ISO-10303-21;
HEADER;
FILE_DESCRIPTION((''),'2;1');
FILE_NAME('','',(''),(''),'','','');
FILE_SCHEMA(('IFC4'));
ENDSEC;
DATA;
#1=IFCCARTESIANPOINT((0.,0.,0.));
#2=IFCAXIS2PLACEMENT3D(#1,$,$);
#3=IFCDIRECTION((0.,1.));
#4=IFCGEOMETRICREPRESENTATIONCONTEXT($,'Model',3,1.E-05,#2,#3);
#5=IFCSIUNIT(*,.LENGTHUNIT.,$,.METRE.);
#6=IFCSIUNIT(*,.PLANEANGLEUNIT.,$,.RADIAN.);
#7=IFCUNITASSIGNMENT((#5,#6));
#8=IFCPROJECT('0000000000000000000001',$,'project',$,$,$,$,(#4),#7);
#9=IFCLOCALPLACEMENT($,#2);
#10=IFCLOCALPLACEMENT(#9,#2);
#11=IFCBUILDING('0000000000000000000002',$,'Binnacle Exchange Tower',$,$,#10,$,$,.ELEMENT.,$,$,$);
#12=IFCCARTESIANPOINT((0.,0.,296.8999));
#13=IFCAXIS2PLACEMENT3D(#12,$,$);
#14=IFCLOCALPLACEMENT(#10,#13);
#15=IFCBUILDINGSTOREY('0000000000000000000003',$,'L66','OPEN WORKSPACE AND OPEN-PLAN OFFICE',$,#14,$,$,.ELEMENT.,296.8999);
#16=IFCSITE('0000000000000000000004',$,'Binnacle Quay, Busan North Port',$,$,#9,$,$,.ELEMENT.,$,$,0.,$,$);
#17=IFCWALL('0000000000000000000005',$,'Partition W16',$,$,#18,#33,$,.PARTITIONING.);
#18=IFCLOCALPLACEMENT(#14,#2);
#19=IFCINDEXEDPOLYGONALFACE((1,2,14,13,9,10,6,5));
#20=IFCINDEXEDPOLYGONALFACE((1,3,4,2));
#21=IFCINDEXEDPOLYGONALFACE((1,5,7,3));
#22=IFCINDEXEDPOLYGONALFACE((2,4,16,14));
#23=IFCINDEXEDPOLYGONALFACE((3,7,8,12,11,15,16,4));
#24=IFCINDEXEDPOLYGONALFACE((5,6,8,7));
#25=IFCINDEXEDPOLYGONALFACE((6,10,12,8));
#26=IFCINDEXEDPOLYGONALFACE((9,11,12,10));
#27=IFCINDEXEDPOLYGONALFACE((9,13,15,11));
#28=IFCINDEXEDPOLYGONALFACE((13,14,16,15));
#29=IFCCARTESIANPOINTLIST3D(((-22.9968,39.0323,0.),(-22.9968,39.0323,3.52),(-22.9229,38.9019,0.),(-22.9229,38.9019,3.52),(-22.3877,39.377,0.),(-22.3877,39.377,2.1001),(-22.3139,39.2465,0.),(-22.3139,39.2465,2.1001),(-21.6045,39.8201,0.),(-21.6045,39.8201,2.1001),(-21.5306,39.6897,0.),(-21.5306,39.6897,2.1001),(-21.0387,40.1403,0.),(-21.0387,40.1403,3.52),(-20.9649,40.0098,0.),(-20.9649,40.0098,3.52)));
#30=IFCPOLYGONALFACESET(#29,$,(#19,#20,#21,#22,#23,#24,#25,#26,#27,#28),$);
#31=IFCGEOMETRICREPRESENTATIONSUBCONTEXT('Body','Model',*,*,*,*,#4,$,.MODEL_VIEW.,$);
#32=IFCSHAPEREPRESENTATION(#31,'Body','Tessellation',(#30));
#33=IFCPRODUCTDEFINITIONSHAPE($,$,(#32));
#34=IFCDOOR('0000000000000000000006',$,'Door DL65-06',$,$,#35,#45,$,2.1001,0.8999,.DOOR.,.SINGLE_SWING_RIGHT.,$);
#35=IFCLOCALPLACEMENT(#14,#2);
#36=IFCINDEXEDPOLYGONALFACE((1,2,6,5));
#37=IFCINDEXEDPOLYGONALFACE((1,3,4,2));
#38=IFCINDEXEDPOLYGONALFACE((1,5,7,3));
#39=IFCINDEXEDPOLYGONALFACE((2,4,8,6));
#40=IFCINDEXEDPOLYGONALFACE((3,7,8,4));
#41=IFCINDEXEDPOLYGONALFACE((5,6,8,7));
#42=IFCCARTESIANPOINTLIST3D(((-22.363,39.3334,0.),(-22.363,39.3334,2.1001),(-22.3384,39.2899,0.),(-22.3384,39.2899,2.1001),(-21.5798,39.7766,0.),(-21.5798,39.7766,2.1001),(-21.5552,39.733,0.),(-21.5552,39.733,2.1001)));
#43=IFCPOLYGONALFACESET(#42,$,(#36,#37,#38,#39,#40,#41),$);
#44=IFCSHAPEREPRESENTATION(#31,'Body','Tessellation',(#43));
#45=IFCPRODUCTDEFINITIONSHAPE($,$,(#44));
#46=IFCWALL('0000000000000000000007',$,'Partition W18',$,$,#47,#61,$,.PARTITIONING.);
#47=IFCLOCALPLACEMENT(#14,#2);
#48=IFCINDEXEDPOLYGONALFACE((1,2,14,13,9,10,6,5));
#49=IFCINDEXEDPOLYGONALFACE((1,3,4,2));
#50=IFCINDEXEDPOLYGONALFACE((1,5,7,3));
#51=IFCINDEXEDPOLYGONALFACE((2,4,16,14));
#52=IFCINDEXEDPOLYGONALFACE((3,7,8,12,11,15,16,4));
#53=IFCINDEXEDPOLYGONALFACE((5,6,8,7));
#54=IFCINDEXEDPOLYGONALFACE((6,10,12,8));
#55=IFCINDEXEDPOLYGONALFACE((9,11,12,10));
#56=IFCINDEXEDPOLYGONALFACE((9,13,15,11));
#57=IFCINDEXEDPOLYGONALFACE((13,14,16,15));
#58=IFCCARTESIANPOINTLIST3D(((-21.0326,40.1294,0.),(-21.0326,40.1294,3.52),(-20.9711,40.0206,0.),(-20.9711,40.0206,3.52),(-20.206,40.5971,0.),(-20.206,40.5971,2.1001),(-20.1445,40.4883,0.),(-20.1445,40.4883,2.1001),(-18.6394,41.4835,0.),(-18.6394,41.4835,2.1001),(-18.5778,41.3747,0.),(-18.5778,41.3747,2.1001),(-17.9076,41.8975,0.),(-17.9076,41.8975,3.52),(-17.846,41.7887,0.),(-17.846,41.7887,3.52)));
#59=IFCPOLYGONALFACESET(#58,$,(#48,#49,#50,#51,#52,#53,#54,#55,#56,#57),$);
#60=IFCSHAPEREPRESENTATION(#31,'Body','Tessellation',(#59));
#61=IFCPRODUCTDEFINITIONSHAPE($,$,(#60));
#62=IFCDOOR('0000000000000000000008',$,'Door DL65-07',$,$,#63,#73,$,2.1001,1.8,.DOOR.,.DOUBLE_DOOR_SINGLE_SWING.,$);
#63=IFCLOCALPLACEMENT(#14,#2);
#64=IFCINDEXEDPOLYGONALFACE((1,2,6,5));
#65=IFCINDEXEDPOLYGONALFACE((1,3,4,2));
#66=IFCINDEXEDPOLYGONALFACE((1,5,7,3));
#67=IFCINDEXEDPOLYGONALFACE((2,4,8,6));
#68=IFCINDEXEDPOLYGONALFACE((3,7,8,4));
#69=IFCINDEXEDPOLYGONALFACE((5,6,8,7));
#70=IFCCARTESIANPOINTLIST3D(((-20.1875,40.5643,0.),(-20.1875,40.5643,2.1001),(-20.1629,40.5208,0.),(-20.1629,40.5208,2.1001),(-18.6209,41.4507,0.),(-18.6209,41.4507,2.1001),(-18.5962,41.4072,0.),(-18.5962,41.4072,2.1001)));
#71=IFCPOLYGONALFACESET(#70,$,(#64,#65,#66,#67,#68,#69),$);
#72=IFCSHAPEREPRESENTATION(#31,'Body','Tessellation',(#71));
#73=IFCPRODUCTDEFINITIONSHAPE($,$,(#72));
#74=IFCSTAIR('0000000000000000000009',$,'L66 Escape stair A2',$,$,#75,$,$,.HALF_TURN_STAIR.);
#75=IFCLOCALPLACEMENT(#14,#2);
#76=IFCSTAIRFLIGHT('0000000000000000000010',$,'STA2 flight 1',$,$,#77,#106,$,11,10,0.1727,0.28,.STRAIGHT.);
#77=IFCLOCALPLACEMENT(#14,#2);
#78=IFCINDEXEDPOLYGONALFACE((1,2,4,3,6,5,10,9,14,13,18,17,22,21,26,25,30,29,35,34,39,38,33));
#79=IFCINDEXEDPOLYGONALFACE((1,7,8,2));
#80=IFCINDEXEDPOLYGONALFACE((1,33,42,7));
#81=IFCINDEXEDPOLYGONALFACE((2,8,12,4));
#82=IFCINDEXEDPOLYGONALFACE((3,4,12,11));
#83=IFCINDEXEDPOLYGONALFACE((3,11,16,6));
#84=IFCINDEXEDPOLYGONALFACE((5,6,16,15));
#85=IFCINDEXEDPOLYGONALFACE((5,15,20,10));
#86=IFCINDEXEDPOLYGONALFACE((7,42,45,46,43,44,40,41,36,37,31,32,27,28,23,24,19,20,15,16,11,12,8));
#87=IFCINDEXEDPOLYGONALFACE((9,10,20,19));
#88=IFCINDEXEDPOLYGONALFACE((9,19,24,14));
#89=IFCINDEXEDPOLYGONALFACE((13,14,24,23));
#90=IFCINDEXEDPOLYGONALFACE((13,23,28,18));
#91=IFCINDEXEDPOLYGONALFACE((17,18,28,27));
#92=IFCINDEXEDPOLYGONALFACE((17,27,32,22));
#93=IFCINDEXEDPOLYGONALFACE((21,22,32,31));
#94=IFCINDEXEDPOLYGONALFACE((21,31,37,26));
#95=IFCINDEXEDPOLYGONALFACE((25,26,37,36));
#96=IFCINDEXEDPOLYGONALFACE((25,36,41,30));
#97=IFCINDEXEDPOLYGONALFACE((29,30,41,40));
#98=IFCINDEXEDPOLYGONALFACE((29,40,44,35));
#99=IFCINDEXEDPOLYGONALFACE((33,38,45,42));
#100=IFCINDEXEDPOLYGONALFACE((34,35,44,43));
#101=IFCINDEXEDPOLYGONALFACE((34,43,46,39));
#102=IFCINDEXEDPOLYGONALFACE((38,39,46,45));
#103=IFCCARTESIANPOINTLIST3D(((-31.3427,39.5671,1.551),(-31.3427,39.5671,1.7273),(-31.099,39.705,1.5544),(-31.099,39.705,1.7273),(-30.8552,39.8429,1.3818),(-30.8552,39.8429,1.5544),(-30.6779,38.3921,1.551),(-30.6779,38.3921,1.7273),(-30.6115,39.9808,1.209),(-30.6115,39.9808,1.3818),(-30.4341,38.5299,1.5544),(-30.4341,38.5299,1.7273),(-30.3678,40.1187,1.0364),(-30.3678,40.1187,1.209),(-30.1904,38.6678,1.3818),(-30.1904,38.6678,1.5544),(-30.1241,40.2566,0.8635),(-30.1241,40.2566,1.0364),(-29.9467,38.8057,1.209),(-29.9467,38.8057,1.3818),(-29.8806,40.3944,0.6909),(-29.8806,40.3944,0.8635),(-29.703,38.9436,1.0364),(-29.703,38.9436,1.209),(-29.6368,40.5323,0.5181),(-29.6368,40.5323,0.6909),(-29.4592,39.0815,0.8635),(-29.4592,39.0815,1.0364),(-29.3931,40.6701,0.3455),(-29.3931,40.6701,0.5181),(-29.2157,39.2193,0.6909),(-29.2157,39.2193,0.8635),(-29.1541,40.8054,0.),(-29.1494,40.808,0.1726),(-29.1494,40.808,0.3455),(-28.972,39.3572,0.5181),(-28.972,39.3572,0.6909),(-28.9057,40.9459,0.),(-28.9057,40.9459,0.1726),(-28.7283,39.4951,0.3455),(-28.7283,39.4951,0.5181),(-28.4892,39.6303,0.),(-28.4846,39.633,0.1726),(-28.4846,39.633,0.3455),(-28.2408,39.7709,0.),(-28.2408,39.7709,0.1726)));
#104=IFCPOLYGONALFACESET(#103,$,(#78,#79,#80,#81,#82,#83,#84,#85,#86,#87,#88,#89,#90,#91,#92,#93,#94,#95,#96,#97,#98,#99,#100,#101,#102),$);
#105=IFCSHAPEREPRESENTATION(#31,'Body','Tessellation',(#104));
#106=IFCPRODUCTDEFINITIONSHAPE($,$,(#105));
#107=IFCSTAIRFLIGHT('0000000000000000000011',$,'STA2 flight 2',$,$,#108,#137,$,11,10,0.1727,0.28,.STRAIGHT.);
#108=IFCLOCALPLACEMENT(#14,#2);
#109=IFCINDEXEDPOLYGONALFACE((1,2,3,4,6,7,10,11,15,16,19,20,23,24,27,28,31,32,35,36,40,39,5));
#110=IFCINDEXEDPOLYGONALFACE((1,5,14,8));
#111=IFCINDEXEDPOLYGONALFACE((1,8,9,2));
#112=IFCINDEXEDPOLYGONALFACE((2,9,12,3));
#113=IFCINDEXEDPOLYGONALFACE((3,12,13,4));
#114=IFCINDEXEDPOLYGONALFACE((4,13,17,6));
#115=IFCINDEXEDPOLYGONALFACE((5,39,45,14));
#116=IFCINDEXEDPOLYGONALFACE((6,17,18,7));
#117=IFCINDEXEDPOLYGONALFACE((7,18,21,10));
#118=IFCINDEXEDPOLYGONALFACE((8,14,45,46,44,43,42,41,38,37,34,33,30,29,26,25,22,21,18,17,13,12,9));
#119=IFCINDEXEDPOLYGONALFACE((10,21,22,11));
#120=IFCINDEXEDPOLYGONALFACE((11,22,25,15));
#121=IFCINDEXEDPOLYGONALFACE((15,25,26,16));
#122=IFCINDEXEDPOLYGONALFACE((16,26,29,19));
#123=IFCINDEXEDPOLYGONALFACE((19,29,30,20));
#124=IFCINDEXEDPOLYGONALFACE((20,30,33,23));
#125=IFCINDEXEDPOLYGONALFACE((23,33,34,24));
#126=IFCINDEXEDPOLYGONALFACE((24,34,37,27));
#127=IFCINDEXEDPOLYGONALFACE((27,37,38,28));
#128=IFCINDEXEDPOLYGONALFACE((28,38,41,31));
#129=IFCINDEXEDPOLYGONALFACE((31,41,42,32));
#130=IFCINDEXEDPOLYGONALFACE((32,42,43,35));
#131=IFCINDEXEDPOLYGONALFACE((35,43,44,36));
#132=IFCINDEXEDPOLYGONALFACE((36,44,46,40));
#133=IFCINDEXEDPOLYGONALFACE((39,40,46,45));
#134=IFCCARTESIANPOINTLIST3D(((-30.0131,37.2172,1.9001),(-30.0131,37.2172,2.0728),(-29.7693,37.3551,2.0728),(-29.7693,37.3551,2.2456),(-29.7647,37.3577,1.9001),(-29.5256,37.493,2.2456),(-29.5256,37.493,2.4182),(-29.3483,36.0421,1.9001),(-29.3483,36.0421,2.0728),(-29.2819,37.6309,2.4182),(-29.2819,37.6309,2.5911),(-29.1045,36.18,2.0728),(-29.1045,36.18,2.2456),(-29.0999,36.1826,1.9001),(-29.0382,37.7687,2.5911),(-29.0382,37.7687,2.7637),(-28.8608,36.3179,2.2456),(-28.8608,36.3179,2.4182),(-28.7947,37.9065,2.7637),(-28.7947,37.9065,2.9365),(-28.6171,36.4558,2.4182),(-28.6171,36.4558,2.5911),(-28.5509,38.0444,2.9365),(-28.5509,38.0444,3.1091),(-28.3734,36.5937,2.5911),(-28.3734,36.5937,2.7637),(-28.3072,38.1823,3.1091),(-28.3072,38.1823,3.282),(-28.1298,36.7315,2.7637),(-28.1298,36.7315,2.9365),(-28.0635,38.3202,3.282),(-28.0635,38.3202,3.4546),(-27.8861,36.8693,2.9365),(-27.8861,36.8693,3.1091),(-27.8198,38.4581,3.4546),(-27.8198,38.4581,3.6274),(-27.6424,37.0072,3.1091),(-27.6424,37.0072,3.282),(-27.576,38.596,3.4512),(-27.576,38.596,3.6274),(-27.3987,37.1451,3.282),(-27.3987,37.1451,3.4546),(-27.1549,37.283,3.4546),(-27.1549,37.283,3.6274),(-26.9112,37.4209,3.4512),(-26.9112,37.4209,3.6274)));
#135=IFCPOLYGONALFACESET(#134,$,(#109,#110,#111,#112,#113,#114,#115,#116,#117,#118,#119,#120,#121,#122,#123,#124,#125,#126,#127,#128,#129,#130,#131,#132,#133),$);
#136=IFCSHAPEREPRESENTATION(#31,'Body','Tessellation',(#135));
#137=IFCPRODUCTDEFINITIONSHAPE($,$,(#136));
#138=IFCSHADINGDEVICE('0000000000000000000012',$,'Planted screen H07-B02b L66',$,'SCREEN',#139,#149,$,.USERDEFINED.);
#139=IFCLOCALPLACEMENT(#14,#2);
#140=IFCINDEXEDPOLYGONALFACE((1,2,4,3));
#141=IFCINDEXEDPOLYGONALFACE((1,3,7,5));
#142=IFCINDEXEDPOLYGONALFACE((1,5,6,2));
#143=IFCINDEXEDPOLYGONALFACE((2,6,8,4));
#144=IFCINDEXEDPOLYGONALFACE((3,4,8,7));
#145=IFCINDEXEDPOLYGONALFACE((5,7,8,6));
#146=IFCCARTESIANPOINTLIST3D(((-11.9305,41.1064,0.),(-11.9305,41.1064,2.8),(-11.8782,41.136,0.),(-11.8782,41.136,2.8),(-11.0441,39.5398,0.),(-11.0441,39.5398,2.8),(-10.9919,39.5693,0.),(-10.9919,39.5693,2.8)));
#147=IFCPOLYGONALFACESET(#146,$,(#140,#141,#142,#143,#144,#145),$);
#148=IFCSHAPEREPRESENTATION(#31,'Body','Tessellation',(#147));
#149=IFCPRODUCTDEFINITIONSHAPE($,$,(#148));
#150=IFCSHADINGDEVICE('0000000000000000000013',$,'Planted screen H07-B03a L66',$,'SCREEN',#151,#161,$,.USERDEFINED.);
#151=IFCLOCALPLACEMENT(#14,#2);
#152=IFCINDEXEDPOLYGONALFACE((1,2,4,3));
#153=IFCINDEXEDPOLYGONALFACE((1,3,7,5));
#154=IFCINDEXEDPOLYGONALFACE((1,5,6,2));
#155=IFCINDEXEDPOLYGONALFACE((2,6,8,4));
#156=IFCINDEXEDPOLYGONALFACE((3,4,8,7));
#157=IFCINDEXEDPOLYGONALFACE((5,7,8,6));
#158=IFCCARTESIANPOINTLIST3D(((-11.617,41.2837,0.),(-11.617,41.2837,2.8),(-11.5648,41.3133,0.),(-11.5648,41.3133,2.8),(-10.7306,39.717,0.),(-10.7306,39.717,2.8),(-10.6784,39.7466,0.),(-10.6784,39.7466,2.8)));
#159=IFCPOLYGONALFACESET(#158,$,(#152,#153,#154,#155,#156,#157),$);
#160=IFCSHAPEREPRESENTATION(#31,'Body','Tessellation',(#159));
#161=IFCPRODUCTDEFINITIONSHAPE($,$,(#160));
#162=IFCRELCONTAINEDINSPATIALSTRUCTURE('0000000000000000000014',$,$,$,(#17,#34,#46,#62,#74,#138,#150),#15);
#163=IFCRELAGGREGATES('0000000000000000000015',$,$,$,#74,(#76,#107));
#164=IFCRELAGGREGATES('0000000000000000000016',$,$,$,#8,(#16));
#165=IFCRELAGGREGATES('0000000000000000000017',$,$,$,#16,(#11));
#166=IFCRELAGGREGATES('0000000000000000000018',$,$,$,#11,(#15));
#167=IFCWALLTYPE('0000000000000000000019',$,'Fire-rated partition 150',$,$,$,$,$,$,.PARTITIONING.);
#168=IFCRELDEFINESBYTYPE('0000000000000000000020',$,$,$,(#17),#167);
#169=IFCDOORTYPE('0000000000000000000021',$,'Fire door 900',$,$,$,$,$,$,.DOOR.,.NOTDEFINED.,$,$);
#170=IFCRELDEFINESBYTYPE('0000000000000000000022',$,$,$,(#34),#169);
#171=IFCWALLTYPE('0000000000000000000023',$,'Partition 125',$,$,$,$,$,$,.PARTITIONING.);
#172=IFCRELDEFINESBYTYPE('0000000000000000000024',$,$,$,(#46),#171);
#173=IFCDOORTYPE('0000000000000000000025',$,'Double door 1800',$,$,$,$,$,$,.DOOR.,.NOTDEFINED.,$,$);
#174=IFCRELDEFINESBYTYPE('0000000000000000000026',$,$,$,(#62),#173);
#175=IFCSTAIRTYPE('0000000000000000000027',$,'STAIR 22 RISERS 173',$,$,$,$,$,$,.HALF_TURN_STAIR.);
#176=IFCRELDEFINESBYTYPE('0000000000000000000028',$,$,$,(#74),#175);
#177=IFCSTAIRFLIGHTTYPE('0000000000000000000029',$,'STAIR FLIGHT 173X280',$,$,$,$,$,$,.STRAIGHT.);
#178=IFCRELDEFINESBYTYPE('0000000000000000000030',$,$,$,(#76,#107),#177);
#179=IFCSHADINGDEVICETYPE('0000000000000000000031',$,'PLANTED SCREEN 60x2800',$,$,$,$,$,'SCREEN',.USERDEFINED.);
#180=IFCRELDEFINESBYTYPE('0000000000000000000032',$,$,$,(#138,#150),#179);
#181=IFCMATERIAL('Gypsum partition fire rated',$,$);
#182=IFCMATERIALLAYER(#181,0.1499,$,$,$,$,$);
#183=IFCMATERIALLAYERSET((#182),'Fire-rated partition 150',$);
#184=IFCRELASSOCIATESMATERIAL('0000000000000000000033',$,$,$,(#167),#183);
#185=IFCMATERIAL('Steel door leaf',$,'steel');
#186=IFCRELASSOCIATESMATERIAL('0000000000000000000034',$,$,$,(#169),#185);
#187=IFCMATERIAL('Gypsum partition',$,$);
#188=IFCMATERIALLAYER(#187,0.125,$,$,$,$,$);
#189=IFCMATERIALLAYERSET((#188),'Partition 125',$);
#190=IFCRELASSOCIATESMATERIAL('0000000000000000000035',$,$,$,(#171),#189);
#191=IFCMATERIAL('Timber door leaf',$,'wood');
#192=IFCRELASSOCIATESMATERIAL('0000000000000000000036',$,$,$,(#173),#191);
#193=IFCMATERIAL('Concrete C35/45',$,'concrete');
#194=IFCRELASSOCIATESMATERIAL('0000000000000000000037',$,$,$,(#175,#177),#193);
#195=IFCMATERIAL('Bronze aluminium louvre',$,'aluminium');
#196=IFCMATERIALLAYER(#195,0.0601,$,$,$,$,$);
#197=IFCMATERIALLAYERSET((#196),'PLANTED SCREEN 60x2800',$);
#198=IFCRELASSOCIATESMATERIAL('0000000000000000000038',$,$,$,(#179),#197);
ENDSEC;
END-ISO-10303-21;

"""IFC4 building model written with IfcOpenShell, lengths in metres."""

from ifc_helpers import new_model, si_unit, direction, frame, frame_2d, origin, origin_2d, place, context, subcontext, project, spatial, polyline, rectangle, outline, extrude, material, layer, layer_set, type_object, element, fill, aggregate, save


model = new_model("IFC4")

# Units and contexts
model_context = context("Model", 3, precision=1e-05, world=origin(), true_north=direction((0.0, 1.0)))
body_context = subcontext(model_context, "Body", "Model", "MODEL_VIEW")
ifc_project = project(units=[si_unit("LENGTHUNIT", "METRE"), si_unit("PLANEANGLEUNIT", "RADIAN")], contexts=[model_context])

# Site, building, storey
site_placement = place(None, origin())
site = spatial("IfcSite", under=ifc_project, at=site_placement, Name="Binnacle Quay, Busan North Port", CompositionType="ELEMENT", RefElevation=0.0)
building_placement = place(site_placement, origin())
building = spatial("IfcBuilding", under=site, at=building_placement, Name="Binnacle Exchange Tower", CompositionType="ELEMENT")
storey_placement = place(building_placement, frame((0.0, 0.0, 296.8999)))
storey = spatial("IfcBuildingStorey", under=building, at=storey_placement, Name="L66", Description="OPEN WORKSPACE AND OPEN-PLAN OFFICE", CompositionType="ELEMENT", Elevation=296.8999)

# Shared definitions
ifc_material_1 = material(Name="Gypsum partition fire rated")
ifc_layer_1 = layer(ifc_material_1, 0.1499)
ifc_layer_set_1 = layer_set([ifc_layer_1], Name="Fire-rated partition 150")
wall_type_1 = type_object("IfcWallType", Name="Fire-rated partition 150", PredefinedType="PARTITIONING", material=ifc_layer_set_1)

# Walls, openings, doors
ifc_material_2 = material(Name="Steel door leaf", Category="steel")
door_type_1 = type_object("IfcDoorType", Name="Fire door 900", OperationType="NOTDEFINED", PredefinedType="DOOR", material=ifc_material_2)
wall_1_placement = place(storey_placement, frame((-22.96, 38.967, 0.0), z_axis=(0.0, 0.0, 1.0), x_axis=(0.870332, 0.492465, 0.0)))
wall_1 = element("IfcWall", 1, at=wall_1_placement, inside=storey, type_object=wall_type_1, Name="Partition W16", PredefinedType="PARTITIONING", context=body_context, shape_type="SweptSolid", body=[
    extrude(rectangle(XDim=2.2498, YDim=0.1499, at=frame_2d((1.125, 0.0))), origin(), (0.0, 0.0, 1.0), 3.52),
])
opening_1_placement = place(wall_1_placement, frame((0.7, 0.0, 0.0)))
opening_1 = element("IfcOpeningElement", 2, at=opening_1_placement, cuts=wall_1, PredefinedType="OPENING", context=body_context, shape_type="SweptSolid", body=[
    extrude(rectangle(XDim=0.8999, YDim=2.1001, at=frame_2d((0.45, 1.05))), frame((0.0, 0.085, 0.0), z_axis=(0.0, -1.0, 0.0), x_axis=(1.0, 0.0, 0.0)), (0.0, 0.0, 1.0), 0.1699),
])
door_1_placement = place(opening_1_placement, origin())
door_1 = element("IfcDoor", 3, at=door_1_placement, inside=storey, type_object=door_type_1, Name="Door DL65-06", OperationType="SINGLE_SWING_RIGHT", OverallHeight=2.1001, OverallWidth=0.8999, PredefinedType="DOOR", context=body_context, shape_type="SweptSolid", body=[
    extrude(rectangle(XDim=0.8999, YDim=2.1001, at=frame_2d((0.45, 1.05))), frame((0.0, 0.0249, 0.0), z_axis=(0.0, -1.0, 0.0), x_axis=(1.0, 0.0, 0.0)), (0.0, 0.0, 1.0), 0.05),
])
fill(opening_1, door_1)
ifc_material_3 = material(Name="Gypsum partition")
ifc_layer_2 = layer(ifc_material_3, 0.125)
ifc_layer_set_2 = layer_set([ifc_layer_2], Name="Partition 125")
wall_type_2 = type_object("IfcWallType", Name="Partition 125", PredefinedType="PARTITIONING", material=ifc_layer_set_2)
wall_2_placement = place(storey_placement, frame((-21.002, 40.075, 0.0), z_axis=(0.0, 0.0, 1.0), x_axis=(0.870353, 0.492429, 0.0)))
wall_2 = element("IfcWall", 4, at=wall_2_placement, inside=storey, type_object=wall_type_2, Name="Partition W18", PredefinedType="PARTITIONING", context=body_context, shape_type="SweptSolid", body=[
    extrude(rectangle(XDim=3.5906, YDim=0.125, at=frame_2d((1.7954, 0.0))), origin(), (0.0, 0.0, 1.0), 3.52),
])
opening_2_placement = place(wall_2_placement, frame((0.95, 0.0, 0.0)))
opening_2 = element("IfcOpeningElement", 5, at=opening_2_placement, cuts=wall_2, PredefinedType="OPENING", context=body_context, shape_type="SweptSolid", body=[
    extrude(rectangle(XDim=1.8, YDim=2.1001, at=frame_2d((0.8999, 1.05))), frame((0.0, 0.0725, 0.0), z_axis=(0.0, -1.0, 0.0), x_axis=(1.0, 0.0, 0.0)), (0.0, 0.0, 1.0), 0.145),
])
ifc_material_4 = material(Name="Timber door leaf", Category="wood")
door_type_2 = type_object("IfcDoorType", Name="Double door 1800", OperationType="NOTDEFINED", PredefinedType="DOOR", material=ifc_material_4)
door_2_placement = place(opening_2_placement, origin())
door_2 = element("IfcDoor", 6, at=door_2_placement, inside=storey, type_object=door_type_2, Name="Door DL65-07", OperationType="DOUBLE_DOOR_SINGLE_SWING", OverallHeight=2.1001, OverallWidth=1.8, PredefinedType="DOOR", context=body_context, shape_type="SweptSolid", body=[
    extrude(rectangle(XDim=1.8, YDim=2.1001, at=frame_2d((0.8999, 1.05))), frame((0.0, 0.0249, 0.0), z_axis=(0.0, -1.0, 0.0), x_axis=(1.0, 0.0, 0.0)), (0.0, 0.0, 1.0), 0.05),
])
fill(opening_2, door_2)

# Stair, stair flights
ifc_material_5 = material(Name="Concrete C35/45", Category="concrete")
stair_type = type_object("IfcStairType", Name="STAIR 22 RISERS 173", PredefinedType="HALF_TURN_STAIR", material=ifc_material_5)
stair_placement = place(storey_placement, origin())
stair = element("IfcStair", 7, at=stair_placement, inside=storey, type_object=stair_type, Name="L66 Escape stair A2", PredefinedType="HALF_TURN_STAIR")
stair_flight_type = type_object("IfcStairFlightType", Name="STAIR FLIGHT 173X280", PredefinedType="STRAIGHT", material=ifc_material_5)
stair_flight_1_placement = place(storey_placement, frame((-28.5732, 40.3584, 0.0), z_axis=(0.0, 0.0, 1.0), x_axis=(-0.870356, -0.492424, 0.0)))
stair_flight_1 = element("IfcStairFlight", 8, at=stair_flight_1_placement, type_object=stair_flight_type, Name="STA2 flight 1", NumberOfRisers=11, NumberOfTreads=10, PredefinedType="STRAIGHT", RiserHeight=0.1727, TreadLength=0.28, context=body_context, shape_type="SweptSolid", body=[
    extrude(outline(polyline([(0.0, 0.0), (0.0, 0.1726), (0.28, 0.1726), (0.28, 0.3455), (0.5601, 0.3455), (0.5601, 0.5181), (0.8401, 0.5181), (0.8401, 0.6909), (1.1201, 0.6909), (1.1201, 0.8635), (1.3999, 0.8635), (1.3999, 1.0364), (1.6799, 1.0364), (1.6799, 1.209), (1.96, 1.209), (1.96, 1.3818), (2.24, 1.3818), (2.24, 1.5544), (2.52, 1.5544), (2.52, 1.7273), (2.8, 1.7273), (2.8, 1.8999), (2.8, 1.551), (0.2854, 0.0), (0.0, 0.0)])), frame((0.0, 0.675, 0.0), z_axis=(0.0, -1.0, 0.0), x_axis=(1.0, 0.0, 0.0)), (0.0, 0.0, 1.0), 1.3501),
])
stair_flight_2_placement = place(storey_placement, frame((-29.6807, 36.6296, 1.9001), z_axis=(0.0, 0.0, 1.0), x_axis=(0.870356, 0.492424, 0.0)))
stair_flight_2 = element("IfcStairFlight", 9, at=stair_flight_2_placement, type_object=stair_flight_type, Name="STA2 flight 2", NumberOfRisers=11, NumberOfTreads=10, PredefinedType="STRAIGHT", RiserHeight=0.1727, TreadLength=0.28, context=body_context, shape_type="SweptSolid", body=[
    extrude(outline(polyline([(0.0, 0.0), (0.0, 0.1726), (0.28, 0.1726), (0.28, 0.3455), (0.5601, 0.3455), (0.5601, 0.5181), (0.8401, 0.5181), (0.8401, 0.6909), (1.1201, 0.6909), (1.1201, 0.8635), (1.3999, 0.8635), (1.3999, 1.0364), (1.6799, 1.0364), (1.6799, 1.209), (1.96, 1.209), (1.96, 1.3818), (2.24, 1.3818), (2.24, 1.5544), (2.52, 1.5544), (2.52, 1.7273), (2.8, 1.7273), (2.8, 1.8999), (2.8, 1.551), (0.2854, 0.0), (0.0, 0.0)])), frame((0.0, 0.675, 0.0), z_axis=(0.0, -1.0, 0.0), x_axis=(1.0, 0.0, 0.0)), (0.0, 0.0, 1.0), 1.3501),
])
aggregate(stair, [stair_flight_1, stair_flight_2])

# Shading devices
ifc_material_6 = material(Name="Bronze aluminium louvre", Category="aluminium")
ifc_layer_3 = layer(ifc_material_6, 0.0601)
ifc_layer_set_3 = layer_set([ifc_layer_3], Name="PLANTED SCREEN 60x2800")
shading_device_type = type_object("IfcShadingDeviceType", Name="PLANTED SCREEN 60x2800", ElementType="SCREEN", PredefinedType="USERDEFINED", material=ifc_layer_set_3)
for number, where, z_axis, x_axis, name in (
    (10, (-11.4612, 40.3379, 0.0), (0.0, 0.0, 1.0), (0.870356, 0.492424, 0.0), "Planted screen H07-B02b L66"),
    (11, (-11.1477, 40.5151, 0.0), (0.0, 0.0, 1.0), (0.870356, 0.492424, 0.0), "Planted screen H07-B03a L66"),
):
    element("IfcShadingDevice", number, at=place(storey_placement, frame(where, z_axis=z_axis, x_axis=x_axis)), inside=storey, type_object=shading_device_type, Name=name, ObjectType="SCREEN", PredefinedType="USERDEFINED", context=body_context, shape_type="SweptSolid", body=[
        extrude(rectangle(XDim=0.0601, YDim=1.8, at=origin_2d()), origin(), (0.0, 0.0, 1.0), 2.8),
    ])

save(model, "model.ifc")
